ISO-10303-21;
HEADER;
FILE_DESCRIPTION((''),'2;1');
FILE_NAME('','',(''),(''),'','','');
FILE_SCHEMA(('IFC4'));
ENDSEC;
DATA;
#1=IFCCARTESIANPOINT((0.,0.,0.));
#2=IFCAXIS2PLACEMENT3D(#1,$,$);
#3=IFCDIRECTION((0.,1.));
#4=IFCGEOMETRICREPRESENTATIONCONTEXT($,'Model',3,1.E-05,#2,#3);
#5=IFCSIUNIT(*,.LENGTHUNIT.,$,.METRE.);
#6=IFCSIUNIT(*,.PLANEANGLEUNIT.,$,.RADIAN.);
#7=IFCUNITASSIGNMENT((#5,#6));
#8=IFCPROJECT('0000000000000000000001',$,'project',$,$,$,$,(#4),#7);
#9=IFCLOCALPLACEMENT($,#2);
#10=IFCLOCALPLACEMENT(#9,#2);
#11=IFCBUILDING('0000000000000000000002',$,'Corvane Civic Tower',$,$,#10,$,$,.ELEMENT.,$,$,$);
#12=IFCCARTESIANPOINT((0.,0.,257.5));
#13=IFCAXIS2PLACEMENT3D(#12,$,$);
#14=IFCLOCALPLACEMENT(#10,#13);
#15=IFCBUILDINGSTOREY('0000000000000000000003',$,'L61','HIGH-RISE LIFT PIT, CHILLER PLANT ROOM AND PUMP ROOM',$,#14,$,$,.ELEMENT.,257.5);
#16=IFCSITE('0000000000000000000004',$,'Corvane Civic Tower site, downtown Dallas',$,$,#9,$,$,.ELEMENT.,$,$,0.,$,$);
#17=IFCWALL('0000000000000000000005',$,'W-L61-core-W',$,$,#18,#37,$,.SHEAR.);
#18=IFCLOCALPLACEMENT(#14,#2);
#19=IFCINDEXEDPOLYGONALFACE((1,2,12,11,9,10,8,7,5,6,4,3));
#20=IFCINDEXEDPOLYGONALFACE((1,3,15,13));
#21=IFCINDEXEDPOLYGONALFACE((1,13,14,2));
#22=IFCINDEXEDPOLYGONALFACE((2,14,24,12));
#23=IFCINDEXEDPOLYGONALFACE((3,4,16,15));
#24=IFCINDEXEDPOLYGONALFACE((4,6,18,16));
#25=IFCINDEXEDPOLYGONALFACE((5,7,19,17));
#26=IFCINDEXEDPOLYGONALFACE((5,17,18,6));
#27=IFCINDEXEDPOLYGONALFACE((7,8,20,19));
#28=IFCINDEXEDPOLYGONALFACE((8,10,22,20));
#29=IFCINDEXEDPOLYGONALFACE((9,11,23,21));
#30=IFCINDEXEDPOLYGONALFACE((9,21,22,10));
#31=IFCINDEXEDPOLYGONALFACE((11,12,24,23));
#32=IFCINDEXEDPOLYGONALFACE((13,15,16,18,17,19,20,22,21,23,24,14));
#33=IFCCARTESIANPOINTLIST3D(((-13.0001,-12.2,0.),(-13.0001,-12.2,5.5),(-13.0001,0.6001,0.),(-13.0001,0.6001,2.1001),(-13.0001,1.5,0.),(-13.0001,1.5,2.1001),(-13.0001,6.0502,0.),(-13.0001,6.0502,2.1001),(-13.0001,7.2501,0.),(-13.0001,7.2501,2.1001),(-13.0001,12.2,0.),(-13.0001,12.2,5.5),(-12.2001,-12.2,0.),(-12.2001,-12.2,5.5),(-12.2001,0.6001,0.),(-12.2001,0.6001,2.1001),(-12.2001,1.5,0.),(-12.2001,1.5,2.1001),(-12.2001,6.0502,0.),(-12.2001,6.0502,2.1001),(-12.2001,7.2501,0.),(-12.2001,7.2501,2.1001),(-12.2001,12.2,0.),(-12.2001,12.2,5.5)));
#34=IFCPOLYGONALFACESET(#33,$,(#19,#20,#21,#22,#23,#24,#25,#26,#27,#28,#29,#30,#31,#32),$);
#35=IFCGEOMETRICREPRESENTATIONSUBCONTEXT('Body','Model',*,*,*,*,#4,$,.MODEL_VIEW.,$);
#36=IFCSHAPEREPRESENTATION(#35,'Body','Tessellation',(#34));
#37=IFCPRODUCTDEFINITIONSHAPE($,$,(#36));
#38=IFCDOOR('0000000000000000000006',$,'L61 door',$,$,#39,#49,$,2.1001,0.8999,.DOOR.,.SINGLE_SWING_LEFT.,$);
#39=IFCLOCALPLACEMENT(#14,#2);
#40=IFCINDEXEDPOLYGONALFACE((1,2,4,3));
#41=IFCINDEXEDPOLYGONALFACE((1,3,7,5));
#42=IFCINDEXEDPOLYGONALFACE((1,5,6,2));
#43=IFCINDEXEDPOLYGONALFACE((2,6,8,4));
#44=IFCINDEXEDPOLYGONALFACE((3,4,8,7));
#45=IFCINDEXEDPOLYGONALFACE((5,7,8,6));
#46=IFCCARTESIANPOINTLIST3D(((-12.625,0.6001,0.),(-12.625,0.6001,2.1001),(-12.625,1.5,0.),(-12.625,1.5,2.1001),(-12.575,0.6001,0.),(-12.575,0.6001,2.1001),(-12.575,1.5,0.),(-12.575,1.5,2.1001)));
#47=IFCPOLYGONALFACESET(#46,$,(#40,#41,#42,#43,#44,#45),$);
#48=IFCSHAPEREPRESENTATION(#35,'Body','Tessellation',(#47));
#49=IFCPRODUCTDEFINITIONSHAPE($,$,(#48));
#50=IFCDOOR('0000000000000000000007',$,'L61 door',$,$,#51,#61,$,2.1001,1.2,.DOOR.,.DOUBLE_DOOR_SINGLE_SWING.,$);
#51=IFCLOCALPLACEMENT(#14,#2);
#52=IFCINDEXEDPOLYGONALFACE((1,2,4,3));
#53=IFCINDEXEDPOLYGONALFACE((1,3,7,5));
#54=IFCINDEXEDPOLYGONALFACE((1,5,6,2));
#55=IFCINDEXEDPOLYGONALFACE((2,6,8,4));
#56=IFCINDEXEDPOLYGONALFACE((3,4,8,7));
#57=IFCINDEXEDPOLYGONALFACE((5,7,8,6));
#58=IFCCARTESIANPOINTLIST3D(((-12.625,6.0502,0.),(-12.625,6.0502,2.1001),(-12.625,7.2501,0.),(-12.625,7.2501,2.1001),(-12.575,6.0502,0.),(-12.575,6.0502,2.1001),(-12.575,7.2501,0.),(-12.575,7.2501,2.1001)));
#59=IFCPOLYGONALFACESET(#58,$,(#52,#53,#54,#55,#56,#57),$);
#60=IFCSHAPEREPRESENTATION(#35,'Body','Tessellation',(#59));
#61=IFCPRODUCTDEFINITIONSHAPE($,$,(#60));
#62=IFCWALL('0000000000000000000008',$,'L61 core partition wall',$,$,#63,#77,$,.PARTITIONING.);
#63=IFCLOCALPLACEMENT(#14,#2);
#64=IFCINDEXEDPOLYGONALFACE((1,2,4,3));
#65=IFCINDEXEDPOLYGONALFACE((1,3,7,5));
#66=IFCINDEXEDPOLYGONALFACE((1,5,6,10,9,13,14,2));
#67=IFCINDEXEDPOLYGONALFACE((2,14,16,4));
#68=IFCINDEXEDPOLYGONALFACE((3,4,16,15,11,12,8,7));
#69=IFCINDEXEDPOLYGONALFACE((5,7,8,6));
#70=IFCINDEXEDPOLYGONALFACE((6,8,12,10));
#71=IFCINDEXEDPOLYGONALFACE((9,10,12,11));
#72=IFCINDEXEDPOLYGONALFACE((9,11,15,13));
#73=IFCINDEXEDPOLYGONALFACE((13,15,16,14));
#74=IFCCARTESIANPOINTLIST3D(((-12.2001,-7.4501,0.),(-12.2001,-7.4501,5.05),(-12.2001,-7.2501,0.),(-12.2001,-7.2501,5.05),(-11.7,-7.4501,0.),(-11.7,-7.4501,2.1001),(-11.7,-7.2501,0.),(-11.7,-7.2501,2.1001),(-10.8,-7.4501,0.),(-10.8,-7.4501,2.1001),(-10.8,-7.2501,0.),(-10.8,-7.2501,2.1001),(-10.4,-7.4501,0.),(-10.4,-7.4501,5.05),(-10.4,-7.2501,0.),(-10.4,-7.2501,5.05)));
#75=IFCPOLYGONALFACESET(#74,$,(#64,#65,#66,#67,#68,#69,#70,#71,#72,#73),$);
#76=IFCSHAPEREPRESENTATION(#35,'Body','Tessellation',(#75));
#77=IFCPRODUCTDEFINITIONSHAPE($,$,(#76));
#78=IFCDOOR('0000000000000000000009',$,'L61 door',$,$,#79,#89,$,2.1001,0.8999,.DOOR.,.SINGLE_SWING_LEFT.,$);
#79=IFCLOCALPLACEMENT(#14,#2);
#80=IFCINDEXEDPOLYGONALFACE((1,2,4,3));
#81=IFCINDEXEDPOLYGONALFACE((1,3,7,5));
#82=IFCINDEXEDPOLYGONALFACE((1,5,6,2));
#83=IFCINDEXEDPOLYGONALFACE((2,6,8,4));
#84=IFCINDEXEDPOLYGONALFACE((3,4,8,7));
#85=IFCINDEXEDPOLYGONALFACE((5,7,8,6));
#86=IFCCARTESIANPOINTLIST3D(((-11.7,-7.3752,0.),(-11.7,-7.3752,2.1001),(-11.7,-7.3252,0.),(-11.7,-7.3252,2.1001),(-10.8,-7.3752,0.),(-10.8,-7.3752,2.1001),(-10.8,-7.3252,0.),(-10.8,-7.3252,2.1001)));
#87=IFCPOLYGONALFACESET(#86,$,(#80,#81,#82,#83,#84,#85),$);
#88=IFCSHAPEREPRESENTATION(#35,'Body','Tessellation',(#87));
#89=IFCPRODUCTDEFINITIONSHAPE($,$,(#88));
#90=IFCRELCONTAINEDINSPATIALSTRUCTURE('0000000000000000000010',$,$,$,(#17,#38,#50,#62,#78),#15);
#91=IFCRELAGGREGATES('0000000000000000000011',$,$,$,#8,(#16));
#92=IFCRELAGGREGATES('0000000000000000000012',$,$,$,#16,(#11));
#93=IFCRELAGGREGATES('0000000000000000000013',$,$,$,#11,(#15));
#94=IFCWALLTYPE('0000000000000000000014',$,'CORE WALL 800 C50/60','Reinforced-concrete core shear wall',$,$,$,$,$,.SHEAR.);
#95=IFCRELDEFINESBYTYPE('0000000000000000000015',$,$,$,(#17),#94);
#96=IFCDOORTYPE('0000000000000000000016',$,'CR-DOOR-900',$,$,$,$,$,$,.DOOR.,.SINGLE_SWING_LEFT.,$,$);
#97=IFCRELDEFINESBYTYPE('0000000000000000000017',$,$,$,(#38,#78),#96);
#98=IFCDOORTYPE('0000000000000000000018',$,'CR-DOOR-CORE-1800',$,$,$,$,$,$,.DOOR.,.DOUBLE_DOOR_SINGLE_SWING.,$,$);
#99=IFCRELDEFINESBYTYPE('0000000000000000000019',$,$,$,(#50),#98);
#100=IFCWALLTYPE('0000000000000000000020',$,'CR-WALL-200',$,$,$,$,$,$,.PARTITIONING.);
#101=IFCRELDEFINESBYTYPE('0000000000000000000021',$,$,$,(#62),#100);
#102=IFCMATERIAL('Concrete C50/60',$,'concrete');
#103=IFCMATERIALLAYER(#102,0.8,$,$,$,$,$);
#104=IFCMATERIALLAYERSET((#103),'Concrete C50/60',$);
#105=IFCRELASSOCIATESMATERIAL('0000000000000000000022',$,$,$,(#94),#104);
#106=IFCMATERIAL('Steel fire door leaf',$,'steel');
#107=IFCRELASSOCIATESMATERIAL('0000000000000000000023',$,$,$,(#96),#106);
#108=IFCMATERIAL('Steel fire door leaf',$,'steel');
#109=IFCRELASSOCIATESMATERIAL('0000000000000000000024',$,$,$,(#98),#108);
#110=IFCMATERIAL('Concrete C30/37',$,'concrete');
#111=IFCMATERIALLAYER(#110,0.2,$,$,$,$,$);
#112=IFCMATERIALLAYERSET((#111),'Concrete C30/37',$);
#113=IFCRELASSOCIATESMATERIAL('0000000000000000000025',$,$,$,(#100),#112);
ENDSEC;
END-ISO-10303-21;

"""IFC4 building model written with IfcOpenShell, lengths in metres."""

from ifc_helpers import new_model, si_unit, direction, frame, frame_2d, origin, place, context, subcontext, project, spatial, rectangle, extrude, material, layer, layer_set, type_object, element, fill, save


model = new_model("IFC4")

# Units and contexts
model_context = context("Model", 3, precision=1e-05, world=origin(), true_north=direction((0.0, 1.0)))
body_context = subcontext(model_context, "Body", "Model", "MODEL_VIEW")
ifc_project = project(units=[si_unit("LENGTHUNIT", "METRE"), si_unit("PLANEANGLEUNIT", "RADIAN")], contexts=[model_context])

# Site, building, storey
site_placement = place(None, origin())
site = spatial("IfcSite", under=ifc_project, at=site_placement, Name="Corvane Civic Tower site, downtown Dallas", CompositionType="ELEMENT", RefElevation=0.0)
building_placement = place(site_placement, origin())
building = spatial("IfcBuilding", under=site, at=building_placement, Name="Corvane Civic Tower", CompositionType="ELEMENT")
storey_placement = place(building_placement, frame((0.0, 0.0, 257.5)))
storey = spatial("IfcBuildingStorey", under=building, at=storey_placement, Name="L61", Description="HIGH-RISE LIFT PIT, CHILLER PLANT ROOM AND PUMP ROOM", CompositionType="ELEMENT", Elevation=257.5)

# Wall, openings, doors
ifc_material_1 = material(Name="Concrete C50/60", Category="concrete")
ifc_layer_1 = layer(ifc_material_1, 0.8)
ifc_layer_set_1 = layer_set([ifc_layer_1], Name="Concrete C50/60")
wall_type_1 = type_object("IfcWallType", Name="CORE WALL 800 C50/60", Description="Reinforced-concrete core shear wall", PredefinedType="SHEAR", material=ifc_layer_set_1)
wall_1_placement = place(storey_placement, frame((-12.6001, -12.2, 0.0), z_axis=(0.0, 0.0, 1.0), x_axis=(0.0, 1.0, 0.0)))
wall_1 = element("IfcWall", 1, at=wall_1_placement, inside=storey, type_object=wall_type_1, Name="W-L61-core-W", PredefinedType="SHEAR", context=body_context, shape_type="SweptSolid", body=[
    extrude(rectangle(XDim=24.3999, YDim=0.8, at=frame_2d((12.2, 0.0))), origin(), (0.0, 0.0, 1.0), 5.5),
])
opening_1_placement = place(wall_1_placement, frame((12.8, 0.0, 0.0)))
opening_1 = element("IfcOpeningElement", 2, at=opening_1_placement, cuts=wall_1, PredefinedType="OPENING", context=body_context, shape_type="SweptSolid", body=[
    extrude(rectangle(XDim=0.8999, YDim=2.1001, at=frame_2d((0.45, 1.05))), frame((0.0, 0.4099, 0.0), z_axis=(0.0, -1.0, 0.0), x_axis=(1.0, 0.0, 0.0)), (0.0, 0.0, 1.0), 0.8201),
])
opening_2_placement = place(wall_1_placement, frame((18.25, 0.0, 0.0)))
opening_2 = element("IfcOpeningElement", 3, at=opening_2_placement, cuts=wall_1, PredefinedType="OPENING", context=body_context, shape_type="SweptSolid", body=[
    extrude(rectangle(XDim=1.2, YDim=2.1001, at=frame_2d((0.6001, 1.05))), frame((0.0, 0.4099, 0.0), z_axis=(0.0, -1.0, 0.0), x_axis=(1.0, 0.0, 0.0)), (0.0, 0.0, 1.0), 0.8201),
])
ifc_material_2 = material(Name="Steel fire door leaf", Category="steel")
door_type_1 = type_object("IfcDoorType", Name="CR-DOOR-900", OperationType="SINGLE_SWING_LEFT", PredefinedType="DOOR", material=ifc_material_2)
door_1_placement = place(opening_1_placement, origin())
door_1 = element("IfcDoor", 4, at=door_1_placement, inside=storey, type_object=door_type_1, Name="L61 door", OperationType="SINGLE_SWING_LEFT", OverallHeight=2.1001, OverallWidth=0.8999, PredefinedType="DOOR", context=body_context, shape_type="SweptSolid", body=[
    extrude(rectangle(XDim=0.8999, YDim=2.1001, at=frame_2d((0.45, 1.05))), frame((0.0, 0.0249, 0.0), z_axis=(0.0, -1.0, 0.0), x_axis=(1.0, 0.0, 0.0)), (0.0, 0.0, 1.0), 0.05),
])
fill(opening_1, door_1)
ifc_material_3 = material(Name="Steel fire door leaf", Category="steel")
door_type_2 = type_object("IfcDoorType", Name="CR-DOOR-CORE-1800", OperationType="DOUBLE_DOOR_SINGLE_SWING", PredefinedType="DOOR", material=ifc_material_3)
door_2_placement = place(opening_2_placement, origin())
door_2 = element("IfcDoor", 5, at=door_2_placement, inside=storey, type_object=door_type_2, Name="L61 door", OperationType="DOUBLE_DOOR_SINGLE_SWING", OverallHeight=2.1001, OverallWidth=1.2, PredefinedType="DOOR", context=body_context, shape_type="SweptSolid", body=[
    extrude(rectangle(XDim=1.2, YDim=2.1001, at=frame_2d((0.6001, 1.05))), frame((0.0, 0.0249, 0.0), z_axis=(0.0, -1.0, 0.0), x_axis=(1.0, 0.0, 0.0)), (0.0, 0.0, 1.0), 0.05),
])
fill(opening_2, door_2)

# Wall, opening, door
ifc_material_4 = material(Name="Concrete C30/37", Category="concrete")
ifc_layer_2 = layer(ifc_material_4, 0.2)
ifc_layer_set_2 = layer_set([ifc_layer_2], Name="Concrete C30/37")
wall_type_2 = type_object("IfcWallType", Name="CR-WALL-200", PredefinedType="PARTITIONING", material=ifc_layer_set_2)
wall_2_placement = place(storey_placement, frame((-12.2, -7.3501, 0.0), z_axis=(0.0, 0.0, 1.0), x_axis=(1.0, 0.0, 0.0)))
wall_2 = element("IfcWall", 6, at=wall_2_placement, inside=storey, type_object=wall_type_2, Name="L61 core partition wall", PredefinedType="PARTITIONING", context=body_context, shape_type="SweptSolid", body=[
    extrude(rectangle(XDim=1.8, YDim=0.2, at=frame_2d((0.8999, 0.0))), origin(), (0.0, 0.0, 1.0), 5.05),
])
opening_3_placement = place(wall_2_placement, frame((0.5, 0.0, 0.0)))
opening_3 = element("IfcOpeningElement", 7, at=opening_3_placement, cuts=wall_2, PredefinedType="OPENING", context=body_context, shape_type="SweptSolid", body=[
    extrude(rectangle(XDim=0.8999, YDim=2.1001, at=frame_2d((0.45, 1.05))), frame((0.0, 0.1099, 0.0), z_axis=(0.0, -1.0, 0.0), x_axis=(1.0, 0.0, 0.0)), (0.0, 0.0, 1.0), 0.22),
])
door_3_placement = place(opening_3_placement, origin())
door_3 = element("IfcDoor", 8, at=door_3_placement, inside=storey, type_object=door_type_1, Name="L61 door", OperationType="SINGLE_SWING_LEFT", OverallHeight=2.1001, OverallWidth=0.8999, PredefinedType="DOOR", context=body_context, shape_type="SweptSolid", body=[
    extrude(rectangle(XDim=0.8999, YDim=2.1001, at=frame_2d((0.45, 1.05))), frame((0.0, 0.0249, 0.0), z_axis=(0.0, -1.0, 0.0), x_axis=(1.0, 0.0, 0.0)), (0.0, 0.0, 1.0), 0.05),
])
fill(opening_3, door_3)

save(model, "model.ifc")
